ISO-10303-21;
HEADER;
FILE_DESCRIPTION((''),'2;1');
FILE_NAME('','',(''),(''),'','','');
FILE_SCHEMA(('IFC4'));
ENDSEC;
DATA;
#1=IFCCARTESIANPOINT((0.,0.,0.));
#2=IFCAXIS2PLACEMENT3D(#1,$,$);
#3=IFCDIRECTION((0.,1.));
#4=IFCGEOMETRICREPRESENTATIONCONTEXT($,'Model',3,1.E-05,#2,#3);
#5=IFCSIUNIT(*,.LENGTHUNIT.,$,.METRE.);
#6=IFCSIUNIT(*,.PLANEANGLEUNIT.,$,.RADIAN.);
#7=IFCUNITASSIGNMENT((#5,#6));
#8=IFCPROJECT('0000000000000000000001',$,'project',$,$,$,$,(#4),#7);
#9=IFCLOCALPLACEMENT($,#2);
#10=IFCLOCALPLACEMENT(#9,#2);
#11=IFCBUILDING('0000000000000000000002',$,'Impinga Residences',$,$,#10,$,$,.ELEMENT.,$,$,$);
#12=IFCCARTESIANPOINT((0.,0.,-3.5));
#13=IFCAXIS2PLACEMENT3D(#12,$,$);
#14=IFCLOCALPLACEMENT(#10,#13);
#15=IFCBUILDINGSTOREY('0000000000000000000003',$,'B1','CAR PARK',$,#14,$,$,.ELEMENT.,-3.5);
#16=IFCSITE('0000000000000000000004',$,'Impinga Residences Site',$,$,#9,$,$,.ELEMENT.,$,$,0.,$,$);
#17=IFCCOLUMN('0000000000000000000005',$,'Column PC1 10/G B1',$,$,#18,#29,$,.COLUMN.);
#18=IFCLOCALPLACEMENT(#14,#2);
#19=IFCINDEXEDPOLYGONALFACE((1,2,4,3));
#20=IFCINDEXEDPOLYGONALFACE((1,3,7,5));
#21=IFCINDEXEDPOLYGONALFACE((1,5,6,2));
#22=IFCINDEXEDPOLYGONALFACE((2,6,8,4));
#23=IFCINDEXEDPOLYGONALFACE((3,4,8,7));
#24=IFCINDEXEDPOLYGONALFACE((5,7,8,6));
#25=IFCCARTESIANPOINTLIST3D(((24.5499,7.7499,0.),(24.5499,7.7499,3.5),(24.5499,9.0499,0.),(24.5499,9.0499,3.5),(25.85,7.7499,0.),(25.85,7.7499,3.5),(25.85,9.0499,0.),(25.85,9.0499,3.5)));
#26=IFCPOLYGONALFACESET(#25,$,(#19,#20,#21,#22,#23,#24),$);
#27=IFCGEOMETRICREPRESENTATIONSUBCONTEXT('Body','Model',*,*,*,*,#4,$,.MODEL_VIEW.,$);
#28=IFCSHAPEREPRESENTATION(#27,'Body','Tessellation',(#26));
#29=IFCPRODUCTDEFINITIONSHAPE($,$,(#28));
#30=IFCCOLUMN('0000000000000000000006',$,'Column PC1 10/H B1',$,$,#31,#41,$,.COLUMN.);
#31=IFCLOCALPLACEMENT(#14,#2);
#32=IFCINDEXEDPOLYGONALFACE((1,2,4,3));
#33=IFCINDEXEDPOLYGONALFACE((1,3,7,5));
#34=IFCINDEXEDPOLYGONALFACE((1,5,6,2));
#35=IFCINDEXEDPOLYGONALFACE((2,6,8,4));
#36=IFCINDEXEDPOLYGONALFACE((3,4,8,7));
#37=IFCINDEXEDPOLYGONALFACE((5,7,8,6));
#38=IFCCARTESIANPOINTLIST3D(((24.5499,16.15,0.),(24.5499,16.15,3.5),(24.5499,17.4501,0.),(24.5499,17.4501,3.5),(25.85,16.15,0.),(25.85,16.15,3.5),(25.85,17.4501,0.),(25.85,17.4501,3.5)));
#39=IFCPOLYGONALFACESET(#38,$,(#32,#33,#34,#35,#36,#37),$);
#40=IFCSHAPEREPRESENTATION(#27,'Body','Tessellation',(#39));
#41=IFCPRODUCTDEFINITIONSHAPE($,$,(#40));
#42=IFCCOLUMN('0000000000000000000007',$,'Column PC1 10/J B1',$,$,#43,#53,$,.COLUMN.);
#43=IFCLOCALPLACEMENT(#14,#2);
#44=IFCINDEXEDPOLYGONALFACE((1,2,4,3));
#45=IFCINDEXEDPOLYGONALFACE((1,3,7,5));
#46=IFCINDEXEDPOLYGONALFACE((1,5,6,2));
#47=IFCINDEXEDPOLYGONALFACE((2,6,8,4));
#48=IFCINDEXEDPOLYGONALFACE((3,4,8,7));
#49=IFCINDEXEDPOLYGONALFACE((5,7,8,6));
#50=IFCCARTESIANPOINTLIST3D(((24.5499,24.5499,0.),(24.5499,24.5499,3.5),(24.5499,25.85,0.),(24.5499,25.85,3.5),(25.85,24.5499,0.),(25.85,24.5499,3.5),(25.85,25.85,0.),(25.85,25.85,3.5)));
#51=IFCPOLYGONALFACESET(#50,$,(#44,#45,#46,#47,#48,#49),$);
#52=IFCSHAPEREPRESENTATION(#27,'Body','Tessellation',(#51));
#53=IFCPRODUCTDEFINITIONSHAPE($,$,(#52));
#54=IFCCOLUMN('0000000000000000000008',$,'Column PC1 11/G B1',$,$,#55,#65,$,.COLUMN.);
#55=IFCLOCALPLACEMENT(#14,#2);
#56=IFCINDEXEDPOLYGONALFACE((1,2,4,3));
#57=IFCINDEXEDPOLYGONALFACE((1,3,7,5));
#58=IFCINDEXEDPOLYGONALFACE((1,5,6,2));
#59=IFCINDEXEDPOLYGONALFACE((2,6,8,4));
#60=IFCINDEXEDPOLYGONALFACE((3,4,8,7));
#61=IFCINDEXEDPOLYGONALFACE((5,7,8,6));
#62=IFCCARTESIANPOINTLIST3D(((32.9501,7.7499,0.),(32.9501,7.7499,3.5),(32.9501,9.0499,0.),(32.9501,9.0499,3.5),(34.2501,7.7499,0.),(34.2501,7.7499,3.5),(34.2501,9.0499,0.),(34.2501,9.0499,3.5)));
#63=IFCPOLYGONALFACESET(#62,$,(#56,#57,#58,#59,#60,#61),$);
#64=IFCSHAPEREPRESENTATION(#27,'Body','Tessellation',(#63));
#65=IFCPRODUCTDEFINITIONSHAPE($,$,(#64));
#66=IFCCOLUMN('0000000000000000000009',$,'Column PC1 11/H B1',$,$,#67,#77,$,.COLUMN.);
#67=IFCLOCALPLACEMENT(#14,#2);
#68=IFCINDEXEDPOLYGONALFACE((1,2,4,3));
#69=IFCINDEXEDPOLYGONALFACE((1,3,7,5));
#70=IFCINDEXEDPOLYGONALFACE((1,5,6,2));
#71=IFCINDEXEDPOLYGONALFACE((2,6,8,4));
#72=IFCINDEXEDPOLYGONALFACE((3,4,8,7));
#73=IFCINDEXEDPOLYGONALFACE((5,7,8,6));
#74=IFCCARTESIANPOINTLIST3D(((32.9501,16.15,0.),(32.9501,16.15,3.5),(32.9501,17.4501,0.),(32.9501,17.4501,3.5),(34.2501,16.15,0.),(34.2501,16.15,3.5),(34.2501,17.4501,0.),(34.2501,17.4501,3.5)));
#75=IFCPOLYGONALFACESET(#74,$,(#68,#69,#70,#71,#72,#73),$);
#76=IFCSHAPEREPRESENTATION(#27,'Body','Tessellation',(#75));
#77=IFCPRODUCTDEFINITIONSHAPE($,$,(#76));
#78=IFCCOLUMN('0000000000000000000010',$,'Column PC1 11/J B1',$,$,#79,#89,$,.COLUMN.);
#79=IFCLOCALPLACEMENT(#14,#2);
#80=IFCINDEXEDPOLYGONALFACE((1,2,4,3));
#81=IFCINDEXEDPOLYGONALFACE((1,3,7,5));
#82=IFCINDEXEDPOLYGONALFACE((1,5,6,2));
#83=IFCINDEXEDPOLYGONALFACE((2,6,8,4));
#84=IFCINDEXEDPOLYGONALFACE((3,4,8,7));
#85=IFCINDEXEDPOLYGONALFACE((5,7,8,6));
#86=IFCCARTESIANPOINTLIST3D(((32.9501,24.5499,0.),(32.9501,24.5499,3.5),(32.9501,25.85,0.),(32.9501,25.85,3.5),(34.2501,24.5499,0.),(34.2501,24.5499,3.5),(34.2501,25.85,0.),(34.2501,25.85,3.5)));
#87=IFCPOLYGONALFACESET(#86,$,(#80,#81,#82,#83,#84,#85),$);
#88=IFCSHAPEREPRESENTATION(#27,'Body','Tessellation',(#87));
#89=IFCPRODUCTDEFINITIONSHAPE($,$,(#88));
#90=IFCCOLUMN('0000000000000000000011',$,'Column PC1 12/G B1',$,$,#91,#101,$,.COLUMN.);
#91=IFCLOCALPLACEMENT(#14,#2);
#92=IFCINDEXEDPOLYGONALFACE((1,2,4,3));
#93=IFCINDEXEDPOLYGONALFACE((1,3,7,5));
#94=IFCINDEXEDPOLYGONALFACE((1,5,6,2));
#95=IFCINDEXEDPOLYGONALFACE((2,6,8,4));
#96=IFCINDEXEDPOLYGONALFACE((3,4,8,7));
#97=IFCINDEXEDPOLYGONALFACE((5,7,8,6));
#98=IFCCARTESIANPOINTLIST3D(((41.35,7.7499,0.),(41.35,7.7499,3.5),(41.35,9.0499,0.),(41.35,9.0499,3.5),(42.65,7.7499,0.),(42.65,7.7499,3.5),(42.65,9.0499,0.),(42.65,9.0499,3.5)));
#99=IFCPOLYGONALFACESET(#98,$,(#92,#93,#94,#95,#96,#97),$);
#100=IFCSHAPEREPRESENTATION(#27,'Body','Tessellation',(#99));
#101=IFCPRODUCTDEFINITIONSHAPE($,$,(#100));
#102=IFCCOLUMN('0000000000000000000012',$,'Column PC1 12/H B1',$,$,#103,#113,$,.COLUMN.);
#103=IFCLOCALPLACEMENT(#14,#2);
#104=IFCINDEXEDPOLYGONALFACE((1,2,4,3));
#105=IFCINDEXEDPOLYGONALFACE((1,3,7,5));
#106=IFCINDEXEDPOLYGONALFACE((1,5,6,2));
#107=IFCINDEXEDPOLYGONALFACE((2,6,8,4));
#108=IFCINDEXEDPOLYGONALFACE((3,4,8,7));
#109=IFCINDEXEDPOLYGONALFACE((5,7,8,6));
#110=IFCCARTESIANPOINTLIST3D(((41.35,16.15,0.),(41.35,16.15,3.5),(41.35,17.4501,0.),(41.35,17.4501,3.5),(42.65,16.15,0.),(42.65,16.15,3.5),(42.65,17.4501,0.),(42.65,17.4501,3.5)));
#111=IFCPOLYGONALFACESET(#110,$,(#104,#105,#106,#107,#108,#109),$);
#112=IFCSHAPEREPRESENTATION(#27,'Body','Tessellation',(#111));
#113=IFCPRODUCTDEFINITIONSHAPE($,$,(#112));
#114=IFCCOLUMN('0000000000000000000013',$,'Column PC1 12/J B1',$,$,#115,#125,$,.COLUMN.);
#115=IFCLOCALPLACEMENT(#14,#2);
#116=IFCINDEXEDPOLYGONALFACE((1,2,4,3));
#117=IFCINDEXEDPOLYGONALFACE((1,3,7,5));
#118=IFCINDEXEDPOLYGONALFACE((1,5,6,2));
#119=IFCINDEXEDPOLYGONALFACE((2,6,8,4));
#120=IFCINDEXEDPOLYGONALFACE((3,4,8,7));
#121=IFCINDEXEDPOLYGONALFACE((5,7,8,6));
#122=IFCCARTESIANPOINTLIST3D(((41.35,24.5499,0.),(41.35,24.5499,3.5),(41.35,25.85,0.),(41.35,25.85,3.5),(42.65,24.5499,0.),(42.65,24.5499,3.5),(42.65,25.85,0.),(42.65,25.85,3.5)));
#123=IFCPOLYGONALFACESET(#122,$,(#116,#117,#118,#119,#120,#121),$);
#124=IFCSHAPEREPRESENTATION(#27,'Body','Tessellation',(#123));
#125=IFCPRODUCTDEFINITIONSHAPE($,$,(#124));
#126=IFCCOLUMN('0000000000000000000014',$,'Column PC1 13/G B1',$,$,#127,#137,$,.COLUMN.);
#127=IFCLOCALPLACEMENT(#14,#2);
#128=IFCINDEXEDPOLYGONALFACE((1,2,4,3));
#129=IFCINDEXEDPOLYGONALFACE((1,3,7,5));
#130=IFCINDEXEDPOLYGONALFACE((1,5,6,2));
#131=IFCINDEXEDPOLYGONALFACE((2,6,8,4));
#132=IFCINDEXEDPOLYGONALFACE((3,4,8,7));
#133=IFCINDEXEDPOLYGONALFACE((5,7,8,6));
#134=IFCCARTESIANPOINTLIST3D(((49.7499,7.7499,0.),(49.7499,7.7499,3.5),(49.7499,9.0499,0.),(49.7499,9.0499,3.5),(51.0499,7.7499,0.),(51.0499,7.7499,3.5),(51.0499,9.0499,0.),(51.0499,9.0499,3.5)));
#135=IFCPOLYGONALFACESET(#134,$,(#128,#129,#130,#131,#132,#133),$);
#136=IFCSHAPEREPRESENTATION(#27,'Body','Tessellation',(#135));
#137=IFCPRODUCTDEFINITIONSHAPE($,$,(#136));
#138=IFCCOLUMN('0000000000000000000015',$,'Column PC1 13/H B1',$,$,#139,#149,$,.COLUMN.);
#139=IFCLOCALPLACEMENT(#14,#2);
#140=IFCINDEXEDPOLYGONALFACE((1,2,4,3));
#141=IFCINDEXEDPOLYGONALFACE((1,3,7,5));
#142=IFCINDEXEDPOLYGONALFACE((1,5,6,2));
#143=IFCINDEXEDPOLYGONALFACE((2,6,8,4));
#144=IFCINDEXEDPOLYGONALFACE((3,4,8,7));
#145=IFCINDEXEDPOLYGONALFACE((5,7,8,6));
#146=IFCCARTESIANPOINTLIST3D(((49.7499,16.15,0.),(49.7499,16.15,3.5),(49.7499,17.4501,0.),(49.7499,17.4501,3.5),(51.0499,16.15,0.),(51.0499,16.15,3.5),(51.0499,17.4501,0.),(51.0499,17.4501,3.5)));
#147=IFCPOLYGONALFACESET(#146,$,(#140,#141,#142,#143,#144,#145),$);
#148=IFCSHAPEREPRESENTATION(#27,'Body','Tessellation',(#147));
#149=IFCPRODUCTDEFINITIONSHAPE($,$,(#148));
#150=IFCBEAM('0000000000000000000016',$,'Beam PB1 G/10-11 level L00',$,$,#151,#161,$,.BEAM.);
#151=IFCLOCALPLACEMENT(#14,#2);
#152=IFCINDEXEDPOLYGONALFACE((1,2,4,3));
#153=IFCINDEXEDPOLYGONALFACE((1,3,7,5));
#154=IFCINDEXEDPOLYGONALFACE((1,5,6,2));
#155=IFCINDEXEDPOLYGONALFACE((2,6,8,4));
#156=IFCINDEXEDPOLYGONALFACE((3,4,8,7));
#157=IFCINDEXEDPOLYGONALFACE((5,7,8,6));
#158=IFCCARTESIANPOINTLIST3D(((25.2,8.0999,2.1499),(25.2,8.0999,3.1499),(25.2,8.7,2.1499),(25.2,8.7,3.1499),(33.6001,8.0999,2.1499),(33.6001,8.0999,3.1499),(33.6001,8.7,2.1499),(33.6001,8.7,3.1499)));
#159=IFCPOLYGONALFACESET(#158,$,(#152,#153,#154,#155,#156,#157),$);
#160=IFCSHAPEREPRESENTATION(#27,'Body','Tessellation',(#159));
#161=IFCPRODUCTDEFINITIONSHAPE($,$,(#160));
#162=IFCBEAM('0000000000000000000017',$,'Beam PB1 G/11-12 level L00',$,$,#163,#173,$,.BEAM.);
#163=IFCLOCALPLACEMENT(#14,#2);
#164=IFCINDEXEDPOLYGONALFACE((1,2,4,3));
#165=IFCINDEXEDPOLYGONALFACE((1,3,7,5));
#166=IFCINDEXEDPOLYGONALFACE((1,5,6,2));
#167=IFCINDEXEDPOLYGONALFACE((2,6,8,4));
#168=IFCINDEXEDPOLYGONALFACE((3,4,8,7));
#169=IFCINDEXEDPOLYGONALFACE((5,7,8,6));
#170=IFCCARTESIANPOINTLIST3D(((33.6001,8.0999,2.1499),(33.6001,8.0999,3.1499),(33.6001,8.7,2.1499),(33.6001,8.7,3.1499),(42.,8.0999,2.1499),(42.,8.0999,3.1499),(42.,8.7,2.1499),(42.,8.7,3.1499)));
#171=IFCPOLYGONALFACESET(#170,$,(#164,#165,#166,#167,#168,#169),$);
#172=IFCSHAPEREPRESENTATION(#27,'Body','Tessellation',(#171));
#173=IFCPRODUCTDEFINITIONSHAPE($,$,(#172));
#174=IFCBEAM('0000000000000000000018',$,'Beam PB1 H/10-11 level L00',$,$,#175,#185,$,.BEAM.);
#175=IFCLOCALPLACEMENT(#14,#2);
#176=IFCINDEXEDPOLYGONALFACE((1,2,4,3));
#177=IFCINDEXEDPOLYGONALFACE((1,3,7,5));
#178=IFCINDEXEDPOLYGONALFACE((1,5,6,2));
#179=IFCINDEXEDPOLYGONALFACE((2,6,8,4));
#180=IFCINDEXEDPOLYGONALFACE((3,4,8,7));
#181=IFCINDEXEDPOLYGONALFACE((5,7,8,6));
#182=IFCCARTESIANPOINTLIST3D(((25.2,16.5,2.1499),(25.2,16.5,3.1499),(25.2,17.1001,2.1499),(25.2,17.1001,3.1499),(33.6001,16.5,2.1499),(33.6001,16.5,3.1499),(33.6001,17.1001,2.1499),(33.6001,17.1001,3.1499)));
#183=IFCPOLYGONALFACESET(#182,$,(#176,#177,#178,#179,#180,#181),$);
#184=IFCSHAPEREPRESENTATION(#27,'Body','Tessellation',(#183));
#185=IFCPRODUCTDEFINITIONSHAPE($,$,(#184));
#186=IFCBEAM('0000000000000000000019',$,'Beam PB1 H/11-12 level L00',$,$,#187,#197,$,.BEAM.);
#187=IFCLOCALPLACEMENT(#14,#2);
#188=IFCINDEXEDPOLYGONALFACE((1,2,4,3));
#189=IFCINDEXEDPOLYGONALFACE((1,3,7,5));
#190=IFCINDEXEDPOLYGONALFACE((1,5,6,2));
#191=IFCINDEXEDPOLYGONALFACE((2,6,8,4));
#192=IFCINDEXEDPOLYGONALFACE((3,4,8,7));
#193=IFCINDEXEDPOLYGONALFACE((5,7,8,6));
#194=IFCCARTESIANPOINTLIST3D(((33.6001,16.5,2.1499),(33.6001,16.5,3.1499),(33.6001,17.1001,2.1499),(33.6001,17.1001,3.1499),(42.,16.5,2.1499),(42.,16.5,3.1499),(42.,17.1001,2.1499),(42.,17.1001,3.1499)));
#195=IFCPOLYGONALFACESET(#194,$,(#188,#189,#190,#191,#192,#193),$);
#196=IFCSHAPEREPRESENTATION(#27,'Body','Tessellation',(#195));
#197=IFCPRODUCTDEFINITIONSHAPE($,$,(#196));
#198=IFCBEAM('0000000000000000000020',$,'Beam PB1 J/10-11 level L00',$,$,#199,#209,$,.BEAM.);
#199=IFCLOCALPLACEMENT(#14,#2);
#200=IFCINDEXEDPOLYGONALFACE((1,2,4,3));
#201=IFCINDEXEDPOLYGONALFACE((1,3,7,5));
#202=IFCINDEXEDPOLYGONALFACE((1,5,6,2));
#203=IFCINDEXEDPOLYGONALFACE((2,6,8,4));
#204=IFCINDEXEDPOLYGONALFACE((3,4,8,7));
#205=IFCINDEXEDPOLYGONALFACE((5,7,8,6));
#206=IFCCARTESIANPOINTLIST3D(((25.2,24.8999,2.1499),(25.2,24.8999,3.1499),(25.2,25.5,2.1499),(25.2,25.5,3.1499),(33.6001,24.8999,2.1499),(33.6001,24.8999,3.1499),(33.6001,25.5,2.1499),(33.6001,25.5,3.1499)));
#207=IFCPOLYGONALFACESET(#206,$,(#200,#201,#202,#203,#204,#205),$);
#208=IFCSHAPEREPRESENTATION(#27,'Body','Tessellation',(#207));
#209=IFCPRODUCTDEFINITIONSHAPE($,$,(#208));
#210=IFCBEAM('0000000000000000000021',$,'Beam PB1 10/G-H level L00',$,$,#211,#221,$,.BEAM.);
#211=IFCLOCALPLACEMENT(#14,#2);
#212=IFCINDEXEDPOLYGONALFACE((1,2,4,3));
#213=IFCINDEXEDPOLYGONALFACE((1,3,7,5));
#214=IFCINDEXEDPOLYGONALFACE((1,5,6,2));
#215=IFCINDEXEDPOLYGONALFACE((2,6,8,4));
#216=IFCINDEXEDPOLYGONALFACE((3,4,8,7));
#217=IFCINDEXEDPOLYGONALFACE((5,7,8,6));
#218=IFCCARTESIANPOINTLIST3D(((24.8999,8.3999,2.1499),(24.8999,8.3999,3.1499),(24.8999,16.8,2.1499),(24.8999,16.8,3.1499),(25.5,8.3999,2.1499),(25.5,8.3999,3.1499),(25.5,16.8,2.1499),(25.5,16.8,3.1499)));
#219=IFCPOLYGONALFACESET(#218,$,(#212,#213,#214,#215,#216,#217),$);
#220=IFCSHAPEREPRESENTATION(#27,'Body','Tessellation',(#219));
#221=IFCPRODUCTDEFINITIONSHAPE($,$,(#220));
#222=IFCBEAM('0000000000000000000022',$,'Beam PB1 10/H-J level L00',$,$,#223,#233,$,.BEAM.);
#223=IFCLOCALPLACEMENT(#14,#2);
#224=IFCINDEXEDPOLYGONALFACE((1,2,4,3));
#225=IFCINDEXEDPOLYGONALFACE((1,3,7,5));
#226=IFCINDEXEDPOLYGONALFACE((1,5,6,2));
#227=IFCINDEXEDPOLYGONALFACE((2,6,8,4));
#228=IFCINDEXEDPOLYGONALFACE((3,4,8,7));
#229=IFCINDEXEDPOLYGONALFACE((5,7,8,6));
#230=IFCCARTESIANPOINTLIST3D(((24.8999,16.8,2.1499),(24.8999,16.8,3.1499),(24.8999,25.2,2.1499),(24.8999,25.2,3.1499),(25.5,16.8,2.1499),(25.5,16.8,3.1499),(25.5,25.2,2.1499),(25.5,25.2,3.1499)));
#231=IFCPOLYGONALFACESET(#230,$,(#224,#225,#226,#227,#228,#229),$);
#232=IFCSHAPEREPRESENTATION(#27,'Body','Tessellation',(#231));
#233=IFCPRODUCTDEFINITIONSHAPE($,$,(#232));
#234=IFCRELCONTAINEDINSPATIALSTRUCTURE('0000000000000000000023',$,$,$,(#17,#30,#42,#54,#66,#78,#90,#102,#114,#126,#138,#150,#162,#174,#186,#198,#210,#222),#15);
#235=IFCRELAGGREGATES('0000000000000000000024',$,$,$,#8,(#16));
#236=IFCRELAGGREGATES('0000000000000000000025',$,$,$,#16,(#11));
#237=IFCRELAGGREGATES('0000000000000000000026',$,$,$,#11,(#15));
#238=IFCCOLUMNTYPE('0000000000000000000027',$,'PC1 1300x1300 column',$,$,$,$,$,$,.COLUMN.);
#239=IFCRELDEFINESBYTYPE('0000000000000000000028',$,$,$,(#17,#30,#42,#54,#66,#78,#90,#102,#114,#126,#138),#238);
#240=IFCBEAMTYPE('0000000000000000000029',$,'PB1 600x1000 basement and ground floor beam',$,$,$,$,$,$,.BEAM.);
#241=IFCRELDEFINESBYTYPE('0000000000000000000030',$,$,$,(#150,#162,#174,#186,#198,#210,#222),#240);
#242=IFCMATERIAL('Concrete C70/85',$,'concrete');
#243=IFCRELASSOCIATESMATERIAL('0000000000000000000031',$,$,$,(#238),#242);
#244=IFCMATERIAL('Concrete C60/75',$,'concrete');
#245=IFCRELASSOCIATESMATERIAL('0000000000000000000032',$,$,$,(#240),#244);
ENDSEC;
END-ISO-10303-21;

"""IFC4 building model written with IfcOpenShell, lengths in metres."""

from ifc_helpers import new_model, si_unit, direction, frame, origin, origin_2d, place, context, subcontext, project, spatial, rectangle, extrude, material, material_profile, profile_set, type_object, element, save


model = new_model("IFC4")

# Units and contexts
model_context = context("Model", 3, precision=1e-05, world=origin(), true_north=direction((0.0, 1.0)))
body_context = subcontext(model_context, "Body", "Model", "MODEL_VIEW")
ifc_project = project(units=[si_unit("LENGTHUNIT", "METRE"), si_unit("PLANEANGLEUNIT", "RADIAN")], contexts=[model_context])

# Site, building, storey
site_placement = place(None, origin())
site = spatial("IfcSite", under=ifc_project, at=site_placement, Name="Impinga Residences Site", CompositionType="ELEMENT", RefElevation=0.0)
building_placement = place(site_placement, origin())
building = spatial("IfcBuilding", under=site, at=building_placement, Name="Impinga Residences", CompositionType="ELEMENT")
storey_placement = place(building_placement, frame((0.0, 0.0, -3.5)))
storey = spatial("IfcBuildingStorey", under=building, at=storey_placement, Name="B1", Description="CAR PARK", CompositionType="ELEMENT", Elevation=-3.5)

# Columns
ifc_material_1 = material(Name="Concrete C70/85", Category="concrete")
ifc_material_profile_1 = material_profile(ifc_material_1, rectangle(XDim=1.3, YDim=1.3, at=origin_2d()), Name="RC 1300x1300")
ifc_profile_set_1 = profile_set([ifc_material_profile_1], Name="Concrete C70/85")
column_type = type_object("IfcColumnType", Name="PC1 1300x1300 column", PredefinedType="COLUMN", material=ifc_profile_set_1)
for number, where, z_axis, x_axis, name in (
    (1, (25.2, 8.3999, 0.0), (0.0, 0.0, 1.0), (1.0, 0.0, 0.0), "Column PC1 10/G B1"),
    (2, (25.2, 16.8, 0.0), (0.0, 0.0, 1.0), (1.0, 0.0, 0.0), "Column PC1 10/H B1"),
    (3, (25.2, 25.2, 0.0), (0.0, 0.0, 1.0), (1.0, 0.0, 0.0), "Column PC1 10/J B1"),
    (4, (33.6001, 8.3999, 0.0), (0.0, 0.0, 1.0), (1.0, 0.0, 0.0), "Column PC1 11/G B1"),
    (5, (33.6001, 16.8, 0.0), (0.0, 0.0, 1.0), (1.0, 0.0, 0.0), "Column PC1 11/H B1"),
    (6, (33.6001, 25.2, 0.0), (0.0, 0.0, 1.0), (1.0, 0.0, 0.0), "Column PC1 11/J B1"),
    (7, (42.0, 8.3999, 0.0), (0.0, 0.0, 1.0), (1.0, 0.0, 0.0), "Column PC1 12/G B1"),
    (8, (42.0, 16.8, 0.0), (0.0, 0.0, 1.0), (1.0, 0.0, 0.0), "Column PC1 12/H B1"),
    (9, (42.0, 25.2, 0.0), (0.0, 0.0, 1.0), (1.0, 0.0, 0.0), "Column PC1 12/J B1"),
    (10, (50.3999, 8.3999, 0.0), (0.0, 0.0, 1.0), (1.0, 0.0, 0.0), "Column PC1 13/G B1"),
    (11, (50.3999, 16.8, 0.0), (0.0, 0.0, 1.0), (1.0, 0.0, 0.0), "Column PC1 13/H B1"),
):
    element("IfcColumn", number, at=place(storey_placement, frame(where, z_axis=z_axis, x_axis=x_axis)), inside=storey, type_object=column_type, Name=name, PredefinedType="COLUMN", context=body_context, shape_type="SweptSolid", body=[
        extrude(rectangle(XDim=1.3, YDim=1.3, at=origin_2d()), origin(), (0.0, 0.0, 1.0), 3.5),
    ])

# Beams
ifc_material_2 = material(Name="Concrete C60/75", Category="concrete")
ifc_material_profile_2 = material_profile(ifc_material_2, rectangle(XDim=0.6001, YDim=1.0, at=origin_2d()), Name="RC 600x1000")
ifc_profile_set_2 = profile_set([ifc_material_profile_2], Name="Concrete C60/75")
beam_type = type_object("IfcBeamType", Name="PB1 600x1000 basement and ground floor beam", PredefinedType="BEAM", material=ifc_profile_set_2)
beam_1_placement = place(storey_placement, frame((25.2, 8.3999, 2.6499), z_axis=(1.0, 0.0, 0.0), x_axis=(0.0, 1.0, 0.0)))
element("IfcBeam", 12, at=beam_1_placement, inside=storey, type_object=beam_type, Name="Beam PB1 G/10-11 level L00", PredefinedType="BEAM", context=body_context, shape_type="SweptSolid", body=[
    extrude(rectangle(XDim=0.6001, YDim=1.0, at=origin_2d()), origin(), (0.0, 0.0, 1.0), 8.4001),
])
beam_2_placement = place(storey_placement, frame((33.6001, 8.3999, 2.6499), z_axis=(1.0, 0.0, 0.0), x_axis=(0.0, 1.0, 0.0)))
element("IfcBeam", 13, at=beam_2_placement, inside=storey, type_object=beam_type, Name="Beam PB1 G/11-12 level L00", PredefinedType="BEAM", context=body_context, shape_type="SweptSolid", body=[
    extrude(rectangle(XDim=0.6001, YDim=1.0, at=origin_2d()), origin(), (0.0, 0.0, 1.0), 8.3999),
])
beam_3_placement = place(storey_placement, frame((25.2, 16.8, 2.6499), z_axis=(1.0, 0.0, 0.0), x_axis=(0.0, 1.0, 0.0)))
element("IfcBeam", 14, at=beam_3_placement, inside=storey, type_object=beam_type, Name="Beam PB1 H/10-11 level L00", PredefinedType="BEAM", context=body_context, shape_type="SweptSolid", body=[
    extrude(rectangle(XDim=0.6001, YDim=1.0, at=origin_2d()), origin(), (0.0, 0.0, 1.0), 8.4001),
])
beam_4_placement = place(storey_placement, frame((33.6001, 16.8, 2.6499), z_axis=(1.0, 0.0, 0.0), x_axis=(0.0, 1.0, 0.0)))
element("IfcBeam", 15, at=beam_4_placement, inside=storey, type_object=beam_type, Name="Beam PB1 H/11-12 level L00", PredefinedType="BEAM", context=body_context, shape_type="SweptSolid", body=[
    extrude(rectangle(XDim=0.6001, YDim=1.0, at=origin_2d()), origin(), (0.0, 0.0, 1.0), 8.3999),
])
for number, where, z_axis, x_axis, name in (
    (16, (25.2, 25.2, 2.6499), (1.0, 0.0, 0.0), (0.0, 1.0, 0.0), "Beam PB1 J/10-11 level L00"),
    (17, (25.2, 8.3999, 2.6499), (0.0, 1.0, 0.0), (-1.0, 0.0, 0.0), "Beam PB1 10/G-H level L00"),
):
    element("IfcBeam", number, at=place(storey_placement, frame(where, z_axis=z_axis, x_axis=x_axis)), inside=storey, type_object=beam_type, Name=name, PredefinedType="BEAM", context=body_context, shape_type="SweptSolid", body=[
        extrude(rectangle(XDim=0.6001, YDim=1.0, at=origin_2d()), origin(), (0.0, 0.0, 1.0), 8.4001),
    ])
beam_5_placement = place(storey_placement, frame((25.2, 16.8, 2.6499), z_axis=(0.0, 1.0, 0.0), x_axis=(-1.0, 0.0, 0.0)))
element("IfcBeam", 18, at=beam_5_placement, inside=storey, type_object=beam_type, Name="Beam PB1 10/H-J level L00", PredefinedType="BEAM", context=body_context, shape_type="SweptSolid", body=[
    extrude(rectangle(XDim=0.6001, YDim=1.0, at=origin_2d()), origin(), (0.0, 0.0, 1.0), 8.3999),
])

save(model, "model.ifc")
